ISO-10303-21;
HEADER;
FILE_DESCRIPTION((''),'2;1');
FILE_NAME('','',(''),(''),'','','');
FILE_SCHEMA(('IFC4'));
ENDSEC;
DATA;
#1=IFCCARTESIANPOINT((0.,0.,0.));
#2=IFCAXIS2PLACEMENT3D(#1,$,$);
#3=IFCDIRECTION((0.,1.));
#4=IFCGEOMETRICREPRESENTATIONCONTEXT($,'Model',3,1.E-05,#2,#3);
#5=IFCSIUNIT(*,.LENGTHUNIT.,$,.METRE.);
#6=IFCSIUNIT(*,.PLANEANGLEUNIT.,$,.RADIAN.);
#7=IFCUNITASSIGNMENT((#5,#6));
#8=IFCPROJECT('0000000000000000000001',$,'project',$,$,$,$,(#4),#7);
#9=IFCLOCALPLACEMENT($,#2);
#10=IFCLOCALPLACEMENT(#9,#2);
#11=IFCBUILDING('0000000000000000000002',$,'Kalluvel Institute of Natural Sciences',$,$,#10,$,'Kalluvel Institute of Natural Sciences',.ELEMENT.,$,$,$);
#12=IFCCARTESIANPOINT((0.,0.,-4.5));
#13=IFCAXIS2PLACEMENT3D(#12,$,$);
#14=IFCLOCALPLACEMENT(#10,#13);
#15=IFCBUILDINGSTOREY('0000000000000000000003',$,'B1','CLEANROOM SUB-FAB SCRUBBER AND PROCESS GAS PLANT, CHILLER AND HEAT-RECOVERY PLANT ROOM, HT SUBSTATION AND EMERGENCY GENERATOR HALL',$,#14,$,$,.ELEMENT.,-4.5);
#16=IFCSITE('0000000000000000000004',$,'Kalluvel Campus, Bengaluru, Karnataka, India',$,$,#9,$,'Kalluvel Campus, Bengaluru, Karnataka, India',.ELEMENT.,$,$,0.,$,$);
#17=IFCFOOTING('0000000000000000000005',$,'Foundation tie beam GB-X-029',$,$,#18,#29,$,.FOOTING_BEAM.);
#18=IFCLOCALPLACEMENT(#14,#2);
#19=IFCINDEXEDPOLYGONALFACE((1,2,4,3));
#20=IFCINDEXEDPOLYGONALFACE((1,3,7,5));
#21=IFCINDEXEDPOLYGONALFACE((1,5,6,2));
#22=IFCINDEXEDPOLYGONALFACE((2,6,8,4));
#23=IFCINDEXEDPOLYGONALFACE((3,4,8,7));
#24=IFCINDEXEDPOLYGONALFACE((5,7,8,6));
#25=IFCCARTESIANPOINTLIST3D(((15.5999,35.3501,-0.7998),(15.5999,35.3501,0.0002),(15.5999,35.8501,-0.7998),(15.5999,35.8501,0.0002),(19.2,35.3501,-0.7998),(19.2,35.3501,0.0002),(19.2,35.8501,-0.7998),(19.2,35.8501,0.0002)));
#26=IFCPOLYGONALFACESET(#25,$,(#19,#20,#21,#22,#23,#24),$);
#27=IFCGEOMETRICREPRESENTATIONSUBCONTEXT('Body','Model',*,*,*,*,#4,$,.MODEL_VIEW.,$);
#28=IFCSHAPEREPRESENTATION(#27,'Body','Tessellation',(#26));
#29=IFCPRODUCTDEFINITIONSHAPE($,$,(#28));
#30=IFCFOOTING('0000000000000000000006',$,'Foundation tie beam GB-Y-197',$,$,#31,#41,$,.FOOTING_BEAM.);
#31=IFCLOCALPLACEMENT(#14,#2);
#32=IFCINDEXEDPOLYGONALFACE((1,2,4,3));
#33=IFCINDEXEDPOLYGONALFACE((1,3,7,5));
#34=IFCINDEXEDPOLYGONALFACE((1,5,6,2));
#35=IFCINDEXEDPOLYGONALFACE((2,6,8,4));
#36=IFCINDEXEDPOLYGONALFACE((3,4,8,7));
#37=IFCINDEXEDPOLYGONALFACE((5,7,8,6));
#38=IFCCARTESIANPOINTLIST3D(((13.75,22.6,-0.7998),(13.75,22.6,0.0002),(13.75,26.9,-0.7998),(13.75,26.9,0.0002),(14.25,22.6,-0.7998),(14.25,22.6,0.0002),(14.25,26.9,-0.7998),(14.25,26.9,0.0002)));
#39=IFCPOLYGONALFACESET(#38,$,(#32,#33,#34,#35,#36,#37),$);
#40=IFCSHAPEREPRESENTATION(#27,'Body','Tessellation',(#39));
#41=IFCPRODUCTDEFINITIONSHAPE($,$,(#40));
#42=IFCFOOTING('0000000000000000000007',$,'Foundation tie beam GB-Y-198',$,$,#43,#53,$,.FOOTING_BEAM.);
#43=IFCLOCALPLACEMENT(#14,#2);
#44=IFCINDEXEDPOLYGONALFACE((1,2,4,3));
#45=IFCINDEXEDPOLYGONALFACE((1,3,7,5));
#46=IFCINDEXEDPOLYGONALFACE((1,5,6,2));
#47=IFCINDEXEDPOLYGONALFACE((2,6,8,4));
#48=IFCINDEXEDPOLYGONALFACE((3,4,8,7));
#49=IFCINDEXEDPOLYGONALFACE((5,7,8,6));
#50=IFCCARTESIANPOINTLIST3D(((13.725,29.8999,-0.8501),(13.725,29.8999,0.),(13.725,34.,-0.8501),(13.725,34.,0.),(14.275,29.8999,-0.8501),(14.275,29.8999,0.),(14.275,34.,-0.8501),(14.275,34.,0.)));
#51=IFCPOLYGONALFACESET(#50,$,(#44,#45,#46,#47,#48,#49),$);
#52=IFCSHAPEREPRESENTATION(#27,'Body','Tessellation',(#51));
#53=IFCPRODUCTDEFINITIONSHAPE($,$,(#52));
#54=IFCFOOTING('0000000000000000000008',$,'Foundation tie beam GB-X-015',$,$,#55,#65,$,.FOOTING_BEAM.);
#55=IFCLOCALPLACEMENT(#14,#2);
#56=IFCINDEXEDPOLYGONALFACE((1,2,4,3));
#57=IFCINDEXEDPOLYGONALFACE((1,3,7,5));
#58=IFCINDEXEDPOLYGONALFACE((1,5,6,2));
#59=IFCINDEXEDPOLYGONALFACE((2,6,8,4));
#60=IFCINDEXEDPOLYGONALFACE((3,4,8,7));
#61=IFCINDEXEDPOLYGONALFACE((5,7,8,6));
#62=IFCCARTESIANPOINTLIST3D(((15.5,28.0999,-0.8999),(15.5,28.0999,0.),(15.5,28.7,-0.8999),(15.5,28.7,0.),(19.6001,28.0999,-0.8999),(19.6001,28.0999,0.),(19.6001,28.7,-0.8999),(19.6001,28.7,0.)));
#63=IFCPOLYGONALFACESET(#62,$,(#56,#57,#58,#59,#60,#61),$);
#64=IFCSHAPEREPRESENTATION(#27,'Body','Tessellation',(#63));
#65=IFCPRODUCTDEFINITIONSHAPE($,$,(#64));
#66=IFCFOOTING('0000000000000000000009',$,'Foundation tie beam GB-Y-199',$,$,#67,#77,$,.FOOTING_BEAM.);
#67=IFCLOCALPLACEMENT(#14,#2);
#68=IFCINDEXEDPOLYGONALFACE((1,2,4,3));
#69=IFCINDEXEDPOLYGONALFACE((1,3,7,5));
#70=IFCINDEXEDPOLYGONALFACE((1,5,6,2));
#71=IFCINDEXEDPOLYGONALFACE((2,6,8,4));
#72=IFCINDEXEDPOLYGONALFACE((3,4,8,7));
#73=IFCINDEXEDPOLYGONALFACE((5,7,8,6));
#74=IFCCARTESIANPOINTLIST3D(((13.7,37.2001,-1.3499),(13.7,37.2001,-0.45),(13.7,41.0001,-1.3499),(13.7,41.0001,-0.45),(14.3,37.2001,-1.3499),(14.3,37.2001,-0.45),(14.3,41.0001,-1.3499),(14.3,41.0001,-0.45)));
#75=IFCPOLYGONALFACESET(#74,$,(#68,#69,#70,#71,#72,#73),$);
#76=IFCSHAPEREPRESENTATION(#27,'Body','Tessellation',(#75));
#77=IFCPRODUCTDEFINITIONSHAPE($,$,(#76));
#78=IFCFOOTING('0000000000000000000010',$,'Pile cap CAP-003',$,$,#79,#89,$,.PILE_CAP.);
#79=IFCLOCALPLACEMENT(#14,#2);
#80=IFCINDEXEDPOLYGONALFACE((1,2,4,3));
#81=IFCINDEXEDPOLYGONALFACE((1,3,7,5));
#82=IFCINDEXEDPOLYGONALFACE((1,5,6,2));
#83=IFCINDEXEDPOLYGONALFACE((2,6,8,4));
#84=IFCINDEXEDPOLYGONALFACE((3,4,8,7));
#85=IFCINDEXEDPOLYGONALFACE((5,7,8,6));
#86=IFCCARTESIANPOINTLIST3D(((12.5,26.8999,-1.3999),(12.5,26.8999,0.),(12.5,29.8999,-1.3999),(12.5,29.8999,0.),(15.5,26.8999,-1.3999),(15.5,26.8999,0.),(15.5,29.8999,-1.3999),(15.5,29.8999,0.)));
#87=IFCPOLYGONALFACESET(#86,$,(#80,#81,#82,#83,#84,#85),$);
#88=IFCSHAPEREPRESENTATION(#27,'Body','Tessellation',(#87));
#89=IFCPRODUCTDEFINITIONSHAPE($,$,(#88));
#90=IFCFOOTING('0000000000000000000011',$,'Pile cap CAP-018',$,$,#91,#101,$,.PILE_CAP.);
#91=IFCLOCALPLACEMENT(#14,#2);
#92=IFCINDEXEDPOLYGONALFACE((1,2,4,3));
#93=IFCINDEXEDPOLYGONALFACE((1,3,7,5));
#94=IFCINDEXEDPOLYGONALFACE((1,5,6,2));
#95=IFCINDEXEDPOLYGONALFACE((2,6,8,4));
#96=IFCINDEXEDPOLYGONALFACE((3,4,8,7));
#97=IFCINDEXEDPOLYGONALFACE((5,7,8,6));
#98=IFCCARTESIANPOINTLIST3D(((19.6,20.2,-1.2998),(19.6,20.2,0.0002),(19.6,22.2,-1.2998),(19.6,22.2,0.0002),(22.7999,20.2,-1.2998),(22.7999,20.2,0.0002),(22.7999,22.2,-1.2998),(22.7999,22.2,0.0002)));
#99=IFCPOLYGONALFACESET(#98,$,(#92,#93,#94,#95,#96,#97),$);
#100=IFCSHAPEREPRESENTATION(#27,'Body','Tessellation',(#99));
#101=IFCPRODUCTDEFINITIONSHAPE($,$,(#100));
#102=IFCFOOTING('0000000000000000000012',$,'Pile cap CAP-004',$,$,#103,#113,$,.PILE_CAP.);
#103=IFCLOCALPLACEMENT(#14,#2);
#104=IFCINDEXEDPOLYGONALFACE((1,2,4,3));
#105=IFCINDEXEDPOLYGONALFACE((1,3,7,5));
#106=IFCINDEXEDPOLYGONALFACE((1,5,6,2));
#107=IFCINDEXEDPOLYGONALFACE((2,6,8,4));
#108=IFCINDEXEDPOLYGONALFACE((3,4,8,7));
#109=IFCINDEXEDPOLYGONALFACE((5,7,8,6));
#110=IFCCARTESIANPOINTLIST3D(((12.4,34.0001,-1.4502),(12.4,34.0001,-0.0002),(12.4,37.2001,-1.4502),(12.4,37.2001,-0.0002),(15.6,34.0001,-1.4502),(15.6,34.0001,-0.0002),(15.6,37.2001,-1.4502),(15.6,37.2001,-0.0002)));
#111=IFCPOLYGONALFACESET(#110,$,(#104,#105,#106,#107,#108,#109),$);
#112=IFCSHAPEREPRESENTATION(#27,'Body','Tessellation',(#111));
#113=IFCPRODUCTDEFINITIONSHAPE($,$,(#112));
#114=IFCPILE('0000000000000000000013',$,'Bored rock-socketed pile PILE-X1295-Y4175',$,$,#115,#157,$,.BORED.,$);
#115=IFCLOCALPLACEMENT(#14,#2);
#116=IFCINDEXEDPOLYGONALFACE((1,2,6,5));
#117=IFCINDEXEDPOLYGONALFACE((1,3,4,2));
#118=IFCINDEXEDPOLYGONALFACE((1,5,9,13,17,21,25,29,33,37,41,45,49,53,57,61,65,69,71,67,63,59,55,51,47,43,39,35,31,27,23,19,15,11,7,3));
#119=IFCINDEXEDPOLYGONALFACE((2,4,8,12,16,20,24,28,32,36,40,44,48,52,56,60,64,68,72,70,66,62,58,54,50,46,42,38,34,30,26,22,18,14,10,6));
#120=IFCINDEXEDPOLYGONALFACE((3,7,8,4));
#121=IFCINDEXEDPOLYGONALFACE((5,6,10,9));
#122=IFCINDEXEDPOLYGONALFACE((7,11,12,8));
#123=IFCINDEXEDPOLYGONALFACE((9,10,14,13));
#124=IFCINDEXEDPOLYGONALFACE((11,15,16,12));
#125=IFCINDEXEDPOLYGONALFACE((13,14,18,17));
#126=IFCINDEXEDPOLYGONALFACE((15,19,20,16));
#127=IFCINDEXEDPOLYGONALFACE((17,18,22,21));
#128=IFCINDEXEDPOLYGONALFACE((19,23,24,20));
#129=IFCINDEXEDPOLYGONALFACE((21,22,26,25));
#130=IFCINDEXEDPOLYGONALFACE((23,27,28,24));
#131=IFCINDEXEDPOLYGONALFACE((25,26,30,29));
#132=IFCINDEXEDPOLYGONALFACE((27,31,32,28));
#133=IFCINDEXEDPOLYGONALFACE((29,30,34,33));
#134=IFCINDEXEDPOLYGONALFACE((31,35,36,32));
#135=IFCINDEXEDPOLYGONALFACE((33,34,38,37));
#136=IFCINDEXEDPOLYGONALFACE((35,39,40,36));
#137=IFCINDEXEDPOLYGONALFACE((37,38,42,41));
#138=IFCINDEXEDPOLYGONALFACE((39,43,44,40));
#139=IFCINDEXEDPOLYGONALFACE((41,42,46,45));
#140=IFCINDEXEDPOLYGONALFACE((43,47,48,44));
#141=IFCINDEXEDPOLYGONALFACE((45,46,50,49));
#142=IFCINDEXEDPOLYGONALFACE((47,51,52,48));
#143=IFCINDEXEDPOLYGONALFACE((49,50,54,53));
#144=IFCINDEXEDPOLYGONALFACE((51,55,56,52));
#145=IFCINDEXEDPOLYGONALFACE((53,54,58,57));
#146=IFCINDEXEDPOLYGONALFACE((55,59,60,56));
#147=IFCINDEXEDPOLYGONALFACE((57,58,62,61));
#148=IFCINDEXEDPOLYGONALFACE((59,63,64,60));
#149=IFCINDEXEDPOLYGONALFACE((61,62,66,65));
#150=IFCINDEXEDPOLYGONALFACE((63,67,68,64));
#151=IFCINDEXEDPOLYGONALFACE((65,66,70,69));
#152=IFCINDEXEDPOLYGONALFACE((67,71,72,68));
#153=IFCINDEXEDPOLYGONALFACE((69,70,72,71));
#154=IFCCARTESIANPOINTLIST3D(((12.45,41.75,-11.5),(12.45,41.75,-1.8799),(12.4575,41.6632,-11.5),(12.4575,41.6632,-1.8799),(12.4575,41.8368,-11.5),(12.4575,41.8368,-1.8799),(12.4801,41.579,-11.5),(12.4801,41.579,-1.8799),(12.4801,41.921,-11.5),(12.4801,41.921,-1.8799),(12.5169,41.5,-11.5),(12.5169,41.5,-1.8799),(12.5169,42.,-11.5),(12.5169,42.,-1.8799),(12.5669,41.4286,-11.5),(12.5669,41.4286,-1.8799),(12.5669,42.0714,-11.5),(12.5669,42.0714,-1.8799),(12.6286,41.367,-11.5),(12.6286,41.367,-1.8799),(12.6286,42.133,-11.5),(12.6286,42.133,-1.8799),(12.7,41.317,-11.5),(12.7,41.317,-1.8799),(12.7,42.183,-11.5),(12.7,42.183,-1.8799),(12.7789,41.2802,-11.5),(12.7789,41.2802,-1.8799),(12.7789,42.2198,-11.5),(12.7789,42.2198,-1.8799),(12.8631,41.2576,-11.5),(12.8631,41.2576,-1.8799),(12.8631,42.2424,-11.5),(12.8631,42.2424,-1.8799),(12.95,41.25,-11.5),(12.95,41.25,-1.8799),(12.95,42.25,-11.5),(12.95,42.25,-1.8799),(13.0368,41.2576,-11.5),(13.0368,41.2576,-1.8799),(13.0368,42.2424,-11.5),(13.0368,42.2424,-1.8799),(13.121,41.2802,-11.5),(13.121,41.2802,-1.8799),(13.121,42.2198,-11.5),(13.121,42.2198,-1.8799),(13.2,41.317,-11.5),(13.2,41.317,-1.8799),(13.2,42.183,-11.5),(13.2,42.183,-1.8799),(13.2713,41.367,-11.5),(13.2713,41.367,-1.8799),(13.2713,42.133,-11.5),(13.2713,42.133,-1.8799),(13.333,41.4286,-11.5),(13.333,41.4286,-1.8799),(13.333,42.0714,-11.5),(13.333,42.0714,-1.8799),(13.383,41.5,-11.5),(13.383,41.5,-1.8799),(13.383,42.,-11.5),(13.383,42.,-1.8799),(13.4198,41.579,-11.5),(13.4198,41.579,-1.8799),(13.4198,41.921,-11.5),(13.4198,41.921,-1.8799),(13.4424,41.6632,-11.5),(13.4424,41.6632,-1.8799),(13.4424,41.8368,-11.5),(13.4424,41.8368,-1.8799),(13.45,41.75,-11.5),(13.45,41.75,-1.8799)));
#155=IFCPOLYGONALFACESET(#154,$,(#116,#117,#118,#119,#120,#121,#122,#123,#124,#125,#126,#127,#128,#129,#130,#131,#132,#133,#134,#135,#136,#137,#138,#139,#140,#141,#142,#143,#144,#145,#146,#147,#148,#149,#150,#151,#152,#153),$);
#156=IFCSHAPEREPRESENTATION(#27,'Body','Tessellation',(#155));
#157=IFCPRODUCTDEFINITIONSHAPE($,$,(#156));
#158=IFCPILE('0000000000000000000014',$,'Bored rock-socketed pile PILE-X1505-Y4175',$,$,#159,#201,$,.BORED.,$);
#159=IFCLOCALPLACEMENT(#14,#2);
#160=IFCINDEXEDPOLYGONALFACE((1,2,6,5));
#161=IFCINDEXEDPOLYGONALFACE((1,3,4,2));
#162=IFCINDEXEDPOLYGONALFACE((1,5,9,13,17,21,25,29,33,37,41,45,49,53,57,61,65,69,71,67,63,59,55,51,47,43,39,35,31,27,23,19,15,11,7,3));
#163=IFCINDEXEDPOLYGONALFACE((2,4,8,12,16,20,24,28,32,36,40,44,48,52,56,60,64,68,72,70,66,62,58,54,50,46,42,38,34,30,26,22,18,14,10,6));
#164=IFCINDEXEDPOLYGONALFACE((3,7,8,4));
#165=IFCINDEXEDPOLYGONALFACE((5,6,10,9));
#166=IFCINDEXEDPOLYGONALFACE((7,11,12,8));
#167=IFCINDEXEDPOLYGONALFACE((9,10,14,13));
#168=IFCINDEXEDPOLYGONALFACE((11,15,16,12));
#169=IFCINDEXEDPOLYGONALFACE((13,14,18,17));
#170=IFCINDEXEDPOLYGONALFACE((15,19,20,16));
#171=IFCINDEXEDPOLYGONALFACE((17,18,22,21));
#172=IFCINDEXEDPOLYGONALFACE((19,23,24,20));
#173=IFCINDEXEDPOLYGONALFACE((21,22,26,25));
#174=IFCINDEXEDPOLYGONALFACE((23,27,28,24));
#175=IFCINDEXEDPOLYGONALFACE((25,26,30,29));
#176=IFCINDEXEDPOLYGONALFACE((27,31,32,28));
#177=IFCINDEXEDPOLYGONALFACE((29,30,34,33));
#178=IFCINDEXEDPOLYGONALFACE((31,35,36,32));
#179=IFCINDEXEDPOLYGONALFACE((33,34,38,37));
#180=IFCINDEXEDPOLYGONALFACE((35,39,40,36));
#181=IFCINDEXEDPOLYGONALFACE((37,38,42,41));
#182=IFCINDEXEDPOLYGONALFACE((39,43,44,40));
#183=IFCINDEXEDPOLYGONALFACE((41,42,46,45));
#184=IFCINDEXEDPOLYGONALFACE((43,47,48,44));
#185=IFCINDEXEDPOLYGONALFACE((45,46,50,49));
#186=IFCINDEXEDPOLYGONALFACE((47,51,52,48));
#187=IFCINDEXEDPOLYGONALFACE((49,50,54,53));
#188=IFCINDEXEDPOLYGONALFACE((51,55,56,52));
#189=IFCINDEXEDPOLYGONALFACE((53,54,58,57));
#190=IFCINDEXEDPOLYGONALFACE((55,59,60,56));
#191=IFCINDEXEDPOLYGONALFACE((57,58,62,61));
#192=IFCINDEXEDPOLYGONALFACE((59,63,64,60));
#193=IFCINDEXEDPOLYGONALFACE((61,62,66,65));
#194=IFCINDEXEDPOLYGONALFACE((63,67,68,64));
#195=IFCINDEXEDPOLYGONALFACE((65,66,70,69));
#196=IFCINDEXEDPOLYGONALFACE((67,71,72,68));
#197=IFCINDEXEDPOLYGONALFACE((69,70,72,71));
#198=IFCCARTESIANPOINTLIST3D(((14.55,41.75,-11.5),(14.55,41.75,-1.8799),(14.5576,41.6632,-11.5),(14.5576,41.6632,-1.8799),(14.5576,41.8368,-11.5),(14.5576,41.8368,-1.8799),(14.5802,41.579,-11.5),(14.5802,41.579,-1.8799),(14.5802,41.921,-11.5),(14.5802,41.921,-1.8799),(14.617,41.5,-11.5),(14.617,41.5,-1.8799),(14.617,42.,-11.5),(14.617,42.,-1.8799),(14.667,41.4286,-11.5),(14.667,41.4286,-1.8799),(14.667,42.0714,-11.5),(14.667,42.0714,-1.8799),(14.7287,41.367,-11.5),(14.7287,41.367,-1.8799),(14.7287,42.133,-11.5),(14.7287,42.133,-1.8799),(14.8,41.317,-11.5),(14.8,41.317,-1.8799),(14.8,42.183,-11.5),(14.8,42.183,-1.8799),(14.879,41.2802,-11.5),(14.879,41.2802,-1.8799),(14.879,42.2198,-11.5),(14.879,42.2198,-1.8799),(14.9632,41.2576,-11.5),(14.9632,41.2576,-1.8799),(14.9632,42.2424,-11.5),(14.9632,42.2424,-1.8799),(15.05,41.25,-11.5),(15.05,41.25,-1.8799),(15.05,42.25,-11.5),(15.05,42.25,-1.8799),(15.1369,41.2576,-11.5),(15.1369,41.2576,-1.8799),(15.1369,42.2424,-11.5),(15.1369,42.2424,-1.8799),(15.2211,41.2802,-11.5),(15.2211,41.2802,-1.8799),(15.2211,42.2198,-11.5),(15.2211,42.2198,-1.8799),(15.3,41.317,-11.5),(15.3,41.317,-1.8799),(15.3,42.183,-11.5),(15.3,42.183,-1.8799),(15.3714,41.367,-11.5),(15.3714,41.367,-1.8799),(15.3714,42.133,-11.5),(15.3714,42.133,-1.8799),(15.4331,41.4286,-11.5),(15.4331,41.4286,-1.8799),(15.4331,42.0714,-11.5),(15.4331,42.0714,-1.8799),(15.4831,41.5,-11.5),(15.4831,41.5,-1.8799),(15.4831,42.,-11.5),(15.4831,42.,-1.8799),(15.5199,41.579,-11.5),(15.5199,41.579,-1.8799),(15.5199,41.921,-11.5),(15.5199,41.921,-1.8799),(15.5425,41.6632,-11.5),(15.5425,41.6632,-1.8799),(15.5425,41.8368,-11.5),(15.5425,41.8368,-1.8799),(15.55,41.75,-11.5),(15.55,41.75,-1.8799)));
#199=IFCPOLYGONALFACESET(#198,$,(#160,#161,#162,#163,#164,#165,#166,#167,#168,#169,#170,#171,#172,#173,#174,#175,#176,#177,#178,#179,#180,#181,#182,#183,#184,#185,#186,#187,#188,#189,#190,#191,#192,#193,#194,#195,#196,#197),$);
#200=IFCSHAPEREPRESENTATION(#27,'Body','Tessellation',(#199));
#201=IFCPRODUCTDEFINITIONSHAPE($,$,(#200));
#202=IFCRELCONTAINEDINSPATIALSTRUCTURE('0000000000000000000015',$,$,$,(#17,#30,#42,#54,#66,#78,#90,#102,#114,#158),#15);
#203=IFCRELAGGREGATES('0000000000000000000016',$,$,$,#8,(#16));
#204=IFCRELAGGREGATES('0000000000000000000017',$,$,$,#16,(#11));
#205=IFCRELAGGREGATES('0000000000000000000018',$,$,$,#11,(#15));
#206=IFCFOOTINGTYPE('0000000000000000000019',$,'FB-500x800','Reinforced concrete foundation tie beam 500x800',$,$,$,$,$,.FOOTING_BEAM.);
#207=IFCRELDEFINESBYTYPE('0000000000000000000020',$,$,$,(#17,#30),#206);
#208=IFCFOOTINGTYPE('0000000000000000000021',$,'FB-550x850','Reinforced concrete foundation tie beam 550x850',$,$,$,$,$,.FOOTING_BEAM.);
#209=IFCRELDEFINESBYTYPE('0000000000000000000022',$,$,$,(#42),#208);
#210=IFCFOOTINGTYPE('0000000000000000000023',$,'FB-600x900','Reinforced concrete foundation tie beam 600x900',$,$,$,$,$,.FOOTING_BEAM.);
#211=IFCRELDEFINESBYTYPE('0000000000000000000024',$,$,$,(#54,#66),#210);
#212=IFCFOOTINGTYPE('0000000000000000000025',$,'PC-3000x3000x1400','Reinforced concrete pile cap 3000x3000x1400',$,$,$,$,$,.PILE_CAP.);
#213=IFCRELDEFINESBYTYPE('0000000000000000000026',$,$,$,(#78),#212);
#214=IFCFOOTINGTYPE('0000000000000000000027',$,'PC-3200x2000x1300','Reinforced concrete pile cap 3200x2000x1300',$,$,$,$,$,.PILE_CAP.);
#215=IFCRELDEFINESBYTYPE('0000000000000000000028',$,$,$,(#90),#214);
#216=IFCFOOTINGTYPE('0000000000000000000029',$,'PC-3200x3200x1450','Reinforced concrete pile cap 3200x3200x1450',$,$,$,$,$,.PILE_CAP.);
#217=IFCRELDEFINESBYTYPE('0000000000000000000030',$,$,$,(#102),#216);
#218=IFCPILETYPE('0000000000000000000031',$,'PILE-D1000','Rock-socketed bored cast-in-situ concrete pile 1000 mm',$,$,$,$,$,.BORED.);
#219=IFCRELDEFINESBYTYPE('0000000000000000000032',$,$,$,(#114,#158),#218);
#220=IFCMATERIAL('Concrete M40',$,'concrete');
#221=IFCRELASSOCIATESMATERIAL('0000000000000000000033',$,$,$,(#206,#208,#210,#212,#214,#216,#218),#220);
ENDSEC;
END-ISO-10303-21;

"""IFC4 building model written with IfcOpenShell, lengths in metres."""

from ifc_helpers import new_model, si_unit, direction, frame, origin, origin_2d, place, context, subcontext, project, spatial, rectangle, circle, extrude, material, material_profile, profile_set, type_object, element, save


model = new_model("IFC4")

# Units and contexts
model_context = context("Model", 3, precision=1e-05, world=origin(), true_north=direction((0.0, 1.0)))
body_context = subcontext(model_context, "Body", "Model", "MODEL_VIEW")
ifc_project = project(units=[si_unit("LENGTHUNIT", "METRE"), si_unit("PLANEANGLEUNIT", "RADIAN")], contexts=[model_context])

# Site, building, storey
site_placement = place(None, origin())
site = spatial("IfcSite", under=ifc_project, at=site_placement, Name="Kalluvel Campus, Bengaluru, Karnataka, India", LongName="Kalluvel Campus, Bengaluru, Karnataka, India", CompositionType="ELEMENT", RefElevation=0.0)
building_placement = place(site_placement, origin())
building = spatial("IfcBuilding", under=site, at=building_placement, Name="Kalluvel Institute of Natural Sciences", LongName="Kalluvel Institute of Natural Sciences", CompositionType="ELEMENT")
storey_placement = place(building_placement, frame((0.0, 0.0, -4.5)))
storey = spatial("IfcBuildingStorey", under=building, at=storey_placement, Name="B1", Description="CLEANROOM SUB-FAB SCRUBBER AND PROCESS GAS PLANT, CHILLER AND HEAT-RECOVERY PLANT ROOM, HT SUBSTATION AND EMERGENCY GENERATOR HALL", CompositionType="ELEMENT", Elevation=-4.5)

# Footings
ifc_material_1 = material(Name="Concrete M40", Category="concrete")
footing_type_1 = type_object("IfcFootingType", Name="FB-500x800", Description="Reinforced concrete foundation tie beam 500x800", PredefinedType="FOOTING_BEAM", material=ifc_material_1)
footing_1_placement = place(storey_placement, frame((17.3999, 35.6001, -0.7998), z_axis=(0.0, 0.0, 1.0), x_axis=(1.0, 0.0, 0.0)))
element("IfcFooting", 1, at=footing_1_placement, inside=storey, type_object=footing_type_1, Name="Foundation tie beam GB-X-029", PredefinedType="FOOTING_BEAM", context=body_context, shape_type="SweptSolid", body=[
    extrude(rectangle(XDim=3.6001, YDim=0.5, at=origin_2d()), origin(), (0.0, 0.0, 1.0), 0.8),
])
footing_2_placement = place(storey_placement, frame((14.0, 24.75, -0.7998), z_axis=(0.0, 0.0, 1.0), x_axis=(1.0, 0.0, 0.0)))
element("IfcFooting", 2, at=footing_2_placement, inside=storey, type_object=footing_type_1, Name="Foundation tie beam GB-Y-197", PredefinedType="FOOTING_BEAM", context=body_context, shape_type="SweptSolid", body=[
    extrude(rectangle(XDim=0.5, YDim=4.3, at=origin_2d()), origin(), (0.0, 0.0, 1.0), 0.8),
])
footing_type_2 = type_object("IfcFootingType", Name="FB-550x850", Description="Reinforced concrete foundation tie beam 550x850", PredefinedType="FOOTING_BEAM", material=ifc_material_1)
footing_3_placement = place(storey_placement, frame((14.0, 31.95, -0.8501), z_axis=(0.0, 0.0, 1.0), x_axis=(1.0, 0.0, 0.0)))
element("IfcFooting", 3, at=footing_3_placement, inside=storey, type_object=footing_type_2, Name="Foundation tie beam GB-Y-198", PredefinedType="FOOTING_BEAM", context=body_context, shape_type="SweptSolid", body=[
    extrude(rectangle(XDim=0.55, YDim=4.1001, at=origin_2d()), origin(), (0.0, 0.0, 1.0), 0.8501),
])
footing_type_3 = type_object("IfcFootingType", Name="FB-600x900", Description="Reinforced concrete foundation tie beam 600x900", PredefinedType="FOOTING_BEAM", material=ifc_material_1)
footing_4_placement = place(storey_placement, frame((17.55, 28.3999, -0.8999), z_axis=(0.0, 0.0, 1.0), x_axis=(1.0, 0.0, 0.0)))
element("IfcFooting", 4, at=footing_4_placement, inside=storey, type_object=footing_type_3, Name="Foundation tie beam GB-X-015", PredefinedType="FOOTING_BEAM", context=body_context, shape_type="SweptSolid", body=[
    extrude(rectangle(XDim=4.1001, YDim=0.6001, at=origin_2d()), origin(), (0.0, 0.0, 1.0), 0.8999),
])
footing_5_placement = place(storey_placement, frame((14.0, 39.1001, -1.3499), z_axis=(0.0, 0.0, 1.0), x_axis=(1.0, 0.0, 0.0)))
element("IfcFooting", 5, at=footing_5_placement, inside=storey, type_object=footing_type_3, Name="Foundation tie beam GB-Y-199", PredefinedType="FOOTING_BEAM", context=body_context, shape_type="SweptSolid", body=[
    extrude(rectangle(XDim=0.6001, YDim=3.8, at=origin_2d()), origin(), (0.0, 0.0, 1.0), 0.8999),
])
footing_type_4 = type_object("IfcFootingType", Name="PC-3000x3000x1400", Description="Reinforced concrete pile cap 3000x3000x1400", PredefinedType="PILE_CAP", material=ifc_material_1)
footing_6_placement = place(storey_placement, frame((14.0, 28.3999, -1.3999), z_axis=(0.0, 0.0, 1.0), x_axis=(1.0, 0.0, 0.0)))
element("IfcFooting", 6, at=footing_6_placement, inside=storey, type_object=footing_type_4, Name="Pile cap CAP-003", PredefinedType="PILE_CAP", context=body_context, shape_type="SweptSolid", body=[
    extrude(rectangle(XDim=3.0, YDim=3.0, at=origin_2d()), origin(), (0.0, 0.0, 1.0), 1.3999),
])
footing_type_5 = type_object("IfcFootingType", Name="PC-3200x2000x1300", Description="Reinforced concrete pile cap 3200x2000x1300", PredefinedType="PILE_CAP", material=ifc_material_1)
footing_7_placement = place(storey_placement, frame((21.2, 21.2, -1.2998), z_axis=(0.0, 0.0, 1.0), x_axis=(1.0, 0.0, 0.0)))
element("IfcFooting", 7, at=footing_7_placement, inside=storey, type_object=footing_type_5, Name="Pile cap CAP-018", PredefinedType="PILE_CAP", context=body_context, shape_type="SweptSolid", body=[
    extrude(rectangle(XDim=3.2, YDim=2.0, at=origin_2d()), origin(), (0.0, 0.0, 1.0), 1.3),
])
footing_type_6 = type_object("IfcFootingType", Name="PC-3200x3200x1450", Description="Reinforced concrete pile cap 3200x3200x1450", PredefinedType="PILE_CAP", material=ifc_material_1)
footing_8_placement = place(storey_placement, frame((14.0, 35.6001, -1.4502), z_axis=(0.0, 0.0, 1.0), x_axis=(1.0, 0.0, 0.0)))
element("IfcFooting", 8, at=footing_8_placement, inside=storey, type_object=footing_type_6, Name="Pile cap CAP-004", PredefinedType="PILE_CAP", context=body_context, shape_type="SweptSolid", body=[
    extrude(rectangle(XDim=3.2, YDim=3.2, at=origin_2d()), origin(), (0.0, 0.0, 1.0), 1.45),
])

# Piles
ifc_material_profile_1 = material_profile(ifc_material_1, circle(Radius=0.5, at=origin_2d()), Name="PILE D1000")
ifc_profile_set_1 = profile_set([ifc_material_profile_1], Name="Concrete M40")
pile_type_1 = type_object("IfcPileType", Name="PILE-D1000", Description="Rock-socketed bored cast-in-situ concrete pile 1000 mm", PredefinedType="BORED", material=ifc_profile_set_1)
for number, where, z_axis, x_axis, name in (
    (9, (12.95, 41.75, -1.8799), (0.0, 0.0, -1.0), (1.0, 0.0, 0.0), "Bored rock-socketed pile PILE-X1295-Y4175"),
    (10, (15.05, 41.75, -1.8799), (0.0, 0.0, -1.0), (1.0, 0.0, 0.0), "Bored rock-socketed pile PILE-X1505-Y4175"),
):
    element("IfcPile", number, at=place(storey_placement, frame(where, z_axis=z_axis, x_axis=x_axis)), inside=storey, type_object=pile_type_1, Name=name, PredefinedType="BORED", context=body_context, shape_type="SweptSolid", body=[
        extrude(circle(Radius=0.5, at=origin_2d()), origin(), (0.0, 0.0, 1.0), 9.6201),
    ])

save(model, "model.ifc")
